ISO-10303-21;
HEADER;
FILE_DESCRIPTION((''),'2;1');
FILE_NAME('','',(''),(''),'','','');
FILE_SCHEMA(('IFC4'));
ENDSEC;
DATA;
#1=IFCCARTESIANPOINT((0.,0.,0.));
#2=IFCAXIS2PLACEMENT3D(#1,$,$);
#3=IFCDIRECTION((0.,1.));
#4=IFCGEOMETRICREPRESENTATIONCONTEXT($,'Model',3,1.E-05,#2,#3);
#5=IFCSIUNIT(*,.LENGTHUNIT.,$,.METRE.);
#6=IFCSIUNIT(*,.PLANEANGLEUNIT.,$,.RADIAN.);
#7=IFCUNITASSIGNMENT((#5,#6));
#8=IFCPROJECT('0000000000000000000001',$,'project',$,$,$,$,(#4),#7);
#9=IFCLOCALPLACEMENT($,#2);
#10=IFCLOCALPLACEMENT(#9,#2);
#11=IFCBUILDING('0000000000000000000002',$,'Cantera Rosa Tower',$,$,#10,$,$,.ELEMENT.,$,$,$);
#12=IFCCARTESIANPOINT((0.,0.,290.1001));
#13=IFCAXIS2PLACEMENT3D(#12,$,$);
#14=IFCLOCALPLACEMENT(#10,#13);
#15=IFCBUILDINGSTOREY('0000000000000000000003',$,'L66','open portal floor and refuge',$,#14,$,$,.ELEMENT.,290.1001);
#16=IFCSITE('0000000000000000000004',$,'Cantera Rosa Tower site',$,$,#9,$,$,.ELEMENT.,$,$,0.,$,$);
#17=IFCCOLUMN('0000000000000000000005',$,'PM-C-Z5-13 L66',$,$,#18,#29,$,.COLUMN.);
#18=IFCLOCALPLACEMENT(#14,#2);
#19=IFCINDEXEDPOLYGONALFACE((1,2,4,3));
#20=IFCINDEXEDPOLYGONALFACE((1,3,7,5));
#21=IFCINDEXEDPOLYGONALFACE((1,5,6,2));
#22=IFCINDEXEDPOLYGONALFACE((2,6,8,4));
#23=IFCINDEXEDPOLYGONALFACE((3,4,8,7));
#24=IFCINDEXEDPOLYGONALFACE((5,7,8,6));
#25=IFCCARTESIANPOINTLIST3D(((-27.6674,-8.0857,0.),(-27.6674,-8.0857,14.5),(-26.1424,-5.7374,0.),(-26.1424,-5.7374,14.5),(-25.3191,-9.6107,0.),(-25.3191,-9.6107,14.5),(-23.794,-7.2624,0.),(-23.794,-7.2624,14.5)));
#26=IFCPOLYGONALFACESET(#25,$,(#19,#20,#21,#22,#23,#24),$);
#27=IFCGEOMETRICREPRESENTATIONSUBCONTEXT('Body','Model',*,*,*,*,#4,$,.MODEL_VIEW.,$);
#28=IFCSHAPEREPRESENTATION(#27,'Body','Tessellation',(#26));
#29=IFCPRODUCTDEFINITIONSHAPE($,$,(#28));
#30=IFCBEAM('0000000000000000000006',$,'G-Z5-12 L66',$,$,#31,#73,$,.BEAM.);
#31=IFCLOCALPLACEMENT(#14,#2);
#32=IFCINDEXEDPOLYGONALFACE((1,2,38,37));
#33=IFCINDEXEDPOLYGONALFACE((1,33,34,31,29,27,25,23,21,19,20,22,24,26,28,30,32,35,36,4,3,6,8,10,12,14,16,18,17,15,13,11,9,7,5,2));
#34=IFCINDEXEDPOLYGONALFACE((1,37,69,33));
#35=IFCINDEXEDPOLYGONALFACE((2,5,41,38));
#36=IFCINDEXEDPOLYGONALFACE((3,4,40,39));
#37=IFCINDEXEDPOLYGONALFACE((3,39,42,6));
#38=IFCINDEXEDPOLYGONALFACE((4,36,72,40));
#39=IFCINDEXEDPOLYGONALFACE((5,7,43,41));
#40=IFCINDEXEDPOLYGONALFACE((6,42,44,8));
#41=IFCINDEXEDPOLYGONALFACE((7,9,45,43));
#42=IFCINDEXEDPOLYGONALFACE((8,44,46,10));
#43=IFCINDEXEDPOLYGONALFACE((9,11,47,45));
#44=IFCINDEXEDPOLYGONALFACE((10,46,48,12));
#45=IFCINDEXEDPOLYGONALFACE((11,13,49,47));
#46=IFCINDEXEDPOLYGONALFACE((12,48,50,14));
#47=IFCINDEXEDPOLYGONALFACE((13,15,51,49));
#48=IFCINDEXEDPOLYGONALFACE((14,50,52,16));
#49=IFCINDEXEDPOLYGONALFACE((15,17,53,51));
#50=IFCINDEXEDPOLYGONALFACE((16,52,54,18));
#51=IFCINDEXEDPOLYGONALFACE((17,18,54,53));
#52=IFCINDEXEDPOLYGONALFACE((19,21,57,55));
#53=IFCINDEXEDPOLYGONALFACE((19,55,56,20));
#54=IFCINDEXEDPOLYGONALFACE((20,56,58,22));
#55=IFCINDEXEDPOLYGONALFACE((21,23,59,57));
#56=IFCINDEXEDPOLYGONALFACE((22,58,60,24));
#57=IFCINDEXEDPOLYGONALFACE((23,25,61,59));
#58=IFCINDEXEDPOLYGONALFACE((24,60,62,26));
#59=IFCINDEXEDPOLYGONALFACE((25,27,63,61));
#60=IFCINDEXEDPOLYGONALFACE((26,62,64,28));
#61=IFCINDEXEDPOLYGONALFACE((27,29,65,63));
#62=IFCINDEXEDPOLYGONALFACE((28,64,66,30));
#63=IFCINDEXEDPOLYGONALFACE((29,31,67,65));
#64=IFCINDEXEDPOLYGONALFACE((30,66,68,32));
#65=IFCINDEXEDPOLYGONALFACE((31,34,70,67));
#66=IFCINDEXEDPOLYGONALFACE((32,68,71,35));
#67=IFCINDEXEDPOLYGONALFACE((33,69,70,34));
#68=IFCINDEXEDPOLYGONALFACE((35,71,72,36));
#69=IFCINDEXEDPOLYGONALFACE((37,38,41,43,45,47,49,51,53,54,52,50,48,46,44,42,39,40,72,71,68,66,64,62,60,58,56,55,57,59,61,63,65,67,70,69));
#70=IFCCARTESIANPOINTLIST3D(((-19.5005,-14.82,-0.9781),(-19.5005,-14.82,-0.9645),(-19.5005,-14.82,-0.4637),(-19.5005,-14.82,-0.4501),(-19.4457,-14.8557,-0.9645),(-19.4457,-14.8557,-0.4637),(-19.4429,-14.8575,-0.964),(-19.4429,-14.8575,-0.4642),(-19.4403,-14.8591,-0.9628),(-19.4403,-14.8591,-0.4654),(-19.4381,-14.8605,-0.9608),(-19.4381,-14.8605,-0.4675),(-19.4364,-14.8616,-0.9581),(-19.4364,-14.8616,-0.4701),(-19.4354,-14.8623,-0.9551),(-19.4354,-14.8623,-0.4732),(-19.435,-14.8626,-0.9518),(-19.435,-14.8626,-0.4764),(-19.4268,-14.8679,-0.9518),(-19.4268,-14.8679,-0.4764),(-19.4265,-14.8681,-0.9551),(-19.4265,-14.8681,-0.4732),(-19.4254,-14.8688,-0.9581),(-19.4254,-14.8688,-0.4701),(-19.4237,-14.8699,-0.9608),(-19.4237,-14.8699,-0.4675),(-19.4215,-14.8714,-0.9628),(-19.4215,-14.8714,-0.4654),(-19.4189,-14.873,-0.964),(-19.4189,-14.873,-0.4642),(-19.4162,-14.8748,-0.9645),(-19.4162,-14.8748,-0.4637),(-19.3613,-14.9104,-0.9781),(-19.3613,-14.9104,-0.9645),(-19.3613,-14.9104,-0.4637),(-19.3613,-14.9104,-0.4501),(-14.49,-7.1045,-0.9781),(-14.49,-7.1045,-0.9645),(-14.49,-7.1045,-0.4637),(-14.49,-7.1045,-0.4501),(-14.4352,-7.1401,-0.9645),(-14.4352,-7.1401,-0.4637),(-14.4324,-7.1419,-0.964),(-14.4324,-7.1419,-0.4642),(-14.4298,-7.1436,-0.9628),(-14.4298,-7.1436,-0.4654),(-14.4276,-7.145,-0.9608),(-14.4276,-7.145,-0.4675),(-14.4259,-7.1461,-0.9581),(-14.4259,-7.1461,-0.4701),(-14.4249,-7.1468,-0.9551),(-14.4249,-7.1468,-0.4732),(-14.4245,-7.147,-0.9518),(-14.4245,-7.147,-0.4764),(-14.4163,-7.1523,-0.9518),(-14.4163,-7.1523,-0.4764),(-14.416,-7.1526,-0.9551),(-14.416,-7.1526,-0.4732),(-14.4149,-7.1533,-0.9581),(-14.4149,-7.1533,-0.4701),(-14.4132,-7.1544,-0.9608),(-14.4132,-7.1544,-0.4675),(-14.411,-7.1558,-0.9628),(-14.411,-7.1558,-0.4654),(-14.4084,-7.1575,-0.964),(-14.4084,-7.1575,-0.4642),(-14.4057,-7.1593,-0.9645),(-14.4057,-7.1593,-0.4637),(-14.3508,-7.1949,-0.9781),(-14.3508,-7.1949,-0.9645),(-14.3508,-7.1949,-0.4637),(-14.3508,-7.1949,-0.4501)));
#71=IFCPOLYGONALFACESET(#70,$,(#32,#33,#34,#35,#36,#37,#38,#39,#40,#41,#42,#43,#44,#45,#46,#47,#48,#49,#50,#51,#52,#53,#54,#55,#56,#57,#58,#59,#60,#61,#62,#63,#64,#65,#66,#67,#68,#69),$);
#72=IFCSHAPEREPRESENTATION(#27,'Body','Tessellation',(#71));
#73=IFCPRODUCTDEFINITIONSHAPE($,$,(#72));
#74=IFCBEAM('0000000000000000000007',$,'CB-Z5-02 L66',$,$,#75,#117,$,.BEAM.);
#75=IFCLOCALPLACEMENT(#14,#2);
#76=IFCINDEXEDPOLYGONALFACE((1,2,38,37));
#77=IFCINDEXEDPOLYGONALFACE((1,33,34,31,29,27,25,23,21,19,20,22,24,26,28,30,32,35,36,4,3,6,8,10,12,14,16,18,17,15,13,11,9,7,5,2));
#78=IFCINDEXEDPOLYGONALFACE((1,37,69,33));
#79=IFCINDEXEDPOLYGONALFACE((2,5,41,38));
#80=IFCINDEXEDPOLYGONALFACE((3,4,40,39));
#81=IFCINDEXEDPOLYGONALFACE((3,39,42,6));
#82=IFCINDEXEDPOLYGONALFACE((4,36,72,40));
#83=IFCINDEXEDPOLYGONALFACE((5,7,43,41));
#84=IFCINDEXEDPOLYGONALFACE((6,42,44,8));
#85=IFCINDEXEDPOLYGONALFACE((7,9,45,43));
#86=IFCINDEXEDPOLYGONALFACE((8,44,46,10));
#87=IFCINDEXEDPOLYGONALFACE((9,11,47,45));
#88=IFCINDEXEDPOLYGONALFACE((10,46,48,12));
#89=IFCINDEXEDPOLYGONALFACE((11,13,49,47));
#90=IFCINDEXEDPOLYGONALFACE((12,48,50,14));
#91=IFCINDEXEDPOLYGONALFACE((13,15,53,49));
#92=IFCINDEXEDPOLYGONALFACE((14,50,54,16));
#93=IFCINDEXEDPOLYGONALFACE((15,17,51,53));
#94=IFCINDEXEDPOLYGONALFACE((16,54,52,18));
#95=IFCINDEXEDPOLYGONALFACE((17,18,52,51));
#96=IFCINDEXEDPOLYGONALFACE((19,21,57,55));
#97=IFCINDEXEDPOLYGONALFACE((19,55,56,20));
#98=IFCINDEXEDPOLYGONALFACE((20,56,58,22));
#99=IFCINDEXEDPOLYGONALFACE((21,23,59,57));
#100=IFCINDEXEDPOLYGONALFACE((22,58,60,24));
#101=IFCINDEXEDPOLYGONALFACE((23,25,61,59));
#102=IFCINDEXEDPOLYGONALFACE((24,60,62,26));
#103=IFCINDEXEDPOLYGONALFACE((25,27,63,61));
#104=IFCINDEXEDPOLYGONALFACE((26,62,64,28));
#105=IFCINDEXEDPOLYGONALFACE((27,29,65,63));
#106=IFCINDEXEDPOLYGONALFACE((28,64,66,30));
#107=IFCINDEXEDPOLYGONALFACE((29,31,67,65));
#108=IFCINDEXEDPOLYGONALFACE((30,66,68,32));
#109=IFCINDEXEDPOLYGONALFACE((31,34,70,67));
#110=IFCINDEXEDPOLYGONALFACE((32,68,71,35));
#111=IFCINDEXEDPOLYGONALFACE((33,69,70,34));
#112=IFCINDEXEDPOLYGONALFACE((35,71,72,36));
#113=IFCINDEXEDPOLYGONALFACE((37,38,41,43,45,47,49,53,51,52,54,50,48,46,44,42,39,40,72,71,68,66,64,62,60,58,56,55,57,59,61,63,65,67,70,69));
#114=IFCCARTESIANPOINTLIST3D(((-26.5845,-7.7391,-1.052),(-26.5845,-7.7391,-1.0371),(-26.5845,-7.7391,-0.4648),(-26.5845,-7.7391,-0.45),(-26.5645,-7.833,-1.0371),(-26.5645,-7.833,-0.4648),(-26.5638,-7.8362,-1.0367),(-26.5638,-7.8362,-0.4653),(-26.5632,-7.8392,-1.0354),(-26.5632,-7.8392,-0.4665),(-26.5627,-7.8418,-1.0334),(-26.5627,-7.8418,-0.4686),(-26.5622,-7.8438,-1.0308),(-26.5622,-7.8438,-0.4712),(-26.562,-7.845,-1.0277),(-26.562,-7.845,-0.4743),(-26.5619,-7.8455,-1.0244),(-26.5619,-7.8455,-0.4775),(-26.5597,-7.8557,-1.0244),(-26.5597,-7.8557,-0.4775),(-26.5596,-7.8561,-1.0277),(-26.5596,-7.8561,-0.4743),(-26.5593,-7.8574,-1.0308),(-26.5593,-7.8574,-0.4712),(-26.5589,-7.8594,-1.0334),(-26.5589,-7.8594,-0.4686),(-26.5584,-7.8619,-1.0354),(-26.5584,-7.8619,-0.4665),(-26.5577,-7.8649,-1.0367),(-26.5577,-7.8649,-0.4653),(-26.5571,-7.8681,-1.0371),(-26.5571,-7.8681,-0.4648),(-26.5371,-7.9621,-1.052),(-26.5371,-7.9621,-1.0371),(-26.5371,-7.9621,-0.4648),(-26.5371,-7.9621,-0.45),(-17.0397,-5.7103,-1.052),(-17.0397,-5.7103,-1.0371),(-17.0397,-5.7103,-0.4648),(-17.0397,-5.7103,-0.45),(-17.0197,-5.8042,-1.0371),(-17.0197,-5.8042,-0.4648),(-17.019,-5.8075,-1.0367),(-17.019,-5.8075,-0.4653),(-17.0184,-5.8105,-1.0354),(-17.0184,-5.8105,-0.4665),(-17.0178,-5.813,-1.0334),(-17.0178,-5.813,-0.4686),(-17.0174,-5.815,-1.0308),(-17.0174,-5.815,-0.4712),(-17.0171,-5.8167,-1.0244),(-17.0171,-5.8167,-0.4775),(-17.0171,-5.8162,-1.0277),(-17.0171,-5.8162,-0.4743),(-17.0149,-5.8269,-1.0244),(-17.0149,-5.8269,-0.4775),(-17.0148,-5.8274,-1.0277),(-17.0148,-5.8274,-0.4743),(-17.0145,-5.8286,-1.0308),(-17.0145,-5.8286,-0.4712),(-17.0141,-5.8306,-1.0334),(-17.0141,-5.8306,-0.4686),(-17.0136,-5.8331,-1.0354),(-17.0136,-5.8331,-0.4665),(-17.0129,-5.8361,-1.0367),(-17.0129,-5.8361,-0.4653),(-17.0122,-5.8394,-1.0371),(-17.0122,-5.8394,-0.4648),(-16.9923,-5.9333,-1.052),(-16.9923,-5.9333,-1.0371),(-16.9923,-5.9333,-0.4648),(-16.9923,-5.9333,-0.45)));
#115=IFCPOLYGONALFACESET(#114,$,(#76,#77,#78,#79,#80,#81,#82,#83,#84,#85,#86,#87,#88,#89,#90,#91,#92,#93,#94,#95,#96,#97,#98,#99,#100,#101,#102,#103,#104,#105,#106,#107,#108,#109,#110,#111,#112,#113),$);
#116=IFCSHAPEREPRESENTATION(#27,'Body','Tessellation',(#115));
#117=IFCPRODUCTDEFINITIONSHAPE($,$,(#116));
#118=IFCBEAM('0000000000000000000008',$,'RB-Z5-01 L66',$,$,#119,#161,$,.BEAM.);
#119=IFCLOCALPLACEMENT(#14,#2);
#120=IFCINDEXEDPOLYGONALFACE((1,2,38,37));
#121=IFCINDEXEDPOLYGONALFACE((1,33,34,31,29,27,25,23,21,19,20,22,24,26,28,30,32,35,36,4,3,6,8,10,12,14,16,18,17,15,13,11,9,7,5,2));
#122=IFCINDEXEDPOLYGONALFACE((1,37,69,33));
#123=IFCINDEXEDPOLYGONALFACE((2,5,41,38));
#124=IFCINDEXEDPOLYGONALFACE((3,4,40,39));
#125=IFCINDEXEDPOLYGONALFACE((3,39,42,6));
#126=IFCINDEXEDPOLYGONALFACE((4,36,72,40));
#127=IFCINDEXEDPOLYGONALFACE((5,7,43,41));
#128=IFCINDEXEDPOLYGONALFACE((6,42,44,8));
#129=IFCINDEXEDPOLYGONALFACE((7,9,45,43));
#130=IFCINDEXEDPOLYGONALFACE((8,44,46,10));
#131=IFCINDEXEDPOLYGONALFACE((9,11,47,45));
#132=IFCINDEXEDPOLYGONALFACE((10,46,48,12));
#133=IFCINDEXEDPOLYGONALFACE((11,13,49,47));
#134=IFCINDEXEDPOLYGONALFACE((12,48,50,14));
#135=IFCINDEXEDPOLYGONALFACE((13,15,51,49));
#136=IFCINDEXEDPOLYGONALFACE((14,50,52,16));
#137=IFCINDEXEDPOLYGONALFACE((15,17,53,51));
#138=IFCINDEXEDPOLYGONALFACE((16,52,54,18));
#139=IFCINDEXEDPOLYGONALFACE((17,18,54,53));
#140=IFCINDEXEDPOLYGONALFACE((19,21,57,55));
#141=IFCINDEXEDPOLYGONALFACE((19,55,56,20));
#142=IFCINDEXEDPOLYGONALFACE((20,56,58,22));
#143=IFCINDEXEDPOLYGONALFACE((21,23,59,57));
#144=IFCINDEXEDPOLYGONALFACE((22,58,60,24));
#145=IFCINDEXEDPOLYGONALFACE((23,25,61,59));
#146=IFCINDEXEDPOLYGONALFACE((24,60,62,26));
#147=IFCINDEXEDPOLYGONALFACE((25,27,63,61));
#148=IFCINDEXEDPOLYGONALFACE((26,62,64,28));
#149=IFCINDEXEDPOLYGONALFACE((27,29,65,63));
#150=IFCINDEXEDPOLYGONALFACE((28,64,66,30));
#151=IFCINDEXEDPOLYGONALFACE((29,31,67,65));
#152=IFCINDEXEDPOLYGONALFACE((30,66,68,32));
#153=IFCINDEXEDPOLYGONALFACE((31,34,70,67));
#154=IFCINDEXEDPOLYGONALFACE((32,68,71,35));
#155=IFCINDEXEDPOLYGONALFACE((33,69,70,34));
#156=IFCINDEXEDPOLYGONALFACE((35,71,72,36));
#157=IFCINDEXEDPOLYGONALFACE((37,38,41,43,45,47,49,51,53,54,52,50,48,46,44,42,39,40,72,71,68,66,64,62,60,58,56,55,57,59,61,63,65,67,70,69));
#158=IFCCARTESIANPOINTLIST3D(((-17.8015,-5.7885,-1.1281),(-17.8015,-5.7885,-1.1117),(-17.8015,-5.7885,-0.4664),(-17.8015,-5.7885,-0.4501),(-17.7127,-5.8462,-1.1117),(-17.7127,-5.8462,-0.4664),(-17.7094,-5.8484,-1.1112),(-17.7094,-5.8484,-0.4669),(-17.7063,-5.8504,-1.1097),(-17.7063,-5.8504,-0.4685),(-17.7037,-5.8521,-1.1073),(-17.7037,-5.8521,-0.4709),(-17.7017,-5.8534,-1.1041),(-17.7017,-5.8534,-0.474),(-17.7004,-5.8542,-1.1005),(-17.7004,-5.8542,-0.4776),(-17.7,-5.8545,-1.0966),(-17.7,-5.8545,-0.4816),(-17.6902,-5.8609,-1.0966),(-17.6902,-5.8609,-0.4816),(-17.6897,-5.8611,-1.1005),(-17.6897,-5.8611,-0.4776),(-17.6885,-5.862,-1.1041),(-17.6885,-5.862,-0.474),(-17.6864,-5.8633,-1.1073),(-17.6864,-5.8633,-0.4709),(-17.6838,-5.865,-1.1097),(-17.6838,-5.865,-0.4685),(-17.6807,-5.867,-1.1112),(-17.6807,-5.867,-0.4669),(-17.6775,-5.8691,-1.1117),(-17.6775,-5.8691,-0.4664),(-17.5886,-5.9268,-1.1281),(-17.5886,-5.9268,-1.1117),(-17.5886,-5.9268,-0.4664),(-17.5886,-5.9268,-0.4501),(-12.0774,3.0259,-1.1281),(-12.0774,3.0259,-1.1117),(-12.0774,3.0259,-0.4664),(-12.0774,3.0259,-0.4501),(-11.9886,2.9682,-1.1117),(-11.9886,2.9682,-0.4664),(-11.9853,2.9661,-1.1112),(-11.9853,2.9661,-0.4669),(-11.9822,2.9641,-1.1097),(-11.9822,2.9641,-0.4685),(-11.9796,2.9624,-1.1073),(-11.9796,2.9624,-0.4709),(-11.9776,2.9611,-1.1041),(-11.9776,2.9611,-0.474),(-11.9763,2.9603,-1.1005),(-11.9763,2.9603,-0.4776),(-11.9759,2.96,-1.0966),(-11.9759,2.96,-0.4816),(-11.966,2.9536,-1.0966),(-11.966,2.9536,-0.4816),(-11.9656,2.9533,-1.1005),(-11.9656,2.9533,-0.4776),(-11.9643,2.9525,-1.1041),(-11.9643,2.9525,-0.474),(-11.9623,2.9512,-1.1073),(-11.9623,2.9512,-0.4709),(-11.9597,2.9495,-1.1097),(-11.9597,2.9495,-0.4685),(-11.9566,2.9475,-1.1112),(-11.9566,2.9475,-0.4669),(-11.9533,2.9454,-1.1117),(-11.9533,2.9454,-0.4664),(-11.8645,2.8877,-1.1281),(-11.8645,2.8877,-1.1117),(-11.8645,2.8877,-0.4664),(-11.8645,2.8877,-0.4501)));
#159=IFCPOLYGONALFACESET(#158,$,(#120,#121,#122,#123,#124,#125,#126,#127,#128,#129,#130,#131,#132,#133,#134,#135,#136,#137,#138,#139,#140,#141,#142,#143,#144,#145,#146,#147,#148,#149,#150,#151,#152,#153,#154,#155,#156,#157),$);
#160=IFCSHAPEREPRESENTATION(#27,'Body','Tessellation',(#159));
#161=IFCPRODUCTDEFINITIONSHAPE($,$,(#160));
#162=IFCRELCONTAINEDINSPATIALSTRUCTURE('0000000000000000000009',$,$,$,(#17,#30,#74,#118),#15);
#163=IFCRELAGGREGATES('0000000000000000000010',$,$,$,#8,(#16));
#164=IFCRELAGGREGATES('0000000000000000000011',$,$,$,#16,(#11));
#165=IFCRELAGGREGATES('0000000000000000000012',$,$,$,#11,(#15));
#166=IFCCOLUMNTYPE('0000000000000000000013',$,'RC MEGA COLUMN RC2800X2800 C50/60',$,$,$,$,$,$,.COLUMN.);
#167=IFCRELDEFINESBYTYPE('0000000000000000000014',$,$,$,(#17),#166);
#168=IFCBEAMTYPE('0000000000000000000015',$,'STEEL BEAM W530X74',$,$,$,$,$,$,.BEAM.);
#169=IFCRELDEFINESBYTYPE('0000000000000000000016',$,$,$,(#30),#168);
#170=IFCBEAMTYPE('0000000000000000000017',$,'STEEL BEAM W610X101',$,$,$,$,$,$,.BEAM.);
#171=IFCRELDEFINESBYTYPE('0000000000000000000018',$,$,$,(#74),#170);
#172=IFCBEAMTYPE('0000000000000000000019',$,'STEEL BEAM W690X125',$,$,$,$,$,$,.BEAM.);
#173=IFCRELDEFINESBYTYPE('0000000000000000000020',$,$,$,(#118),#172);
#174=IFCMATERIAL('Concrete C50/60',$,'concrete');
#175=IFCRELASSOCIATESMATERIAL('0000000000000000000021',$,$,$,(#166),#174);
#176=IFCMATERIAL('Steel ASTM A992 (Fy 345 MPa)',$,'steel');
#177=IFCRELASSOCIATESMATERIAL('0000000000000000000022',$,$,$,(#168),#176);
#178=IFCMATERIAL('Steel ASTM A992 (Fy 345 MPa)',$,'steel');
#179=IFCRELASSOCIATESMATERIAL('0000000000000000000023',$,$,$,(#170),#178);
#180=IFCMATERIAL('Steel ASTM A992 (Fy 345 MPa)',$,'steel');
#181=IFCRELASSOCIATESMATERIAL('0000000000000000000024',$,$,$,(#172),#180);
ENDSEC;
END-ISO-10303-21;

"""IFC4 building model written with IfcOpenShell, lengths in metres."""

from ifc_helpers import new_model, si_unit, direction, frame, origin, origin_2d, place, context, subcontext, project, spatial, rectangle, i_section, extrude, material, material_profile, profile_set, type_object, element, save


model = new_model("IFC4")

# Units and contexts
model_context = context("Model", 3, precision=1e-05, world=origin(), true_north=direction((0.0, 1.0)))
body_context = subcontext(model_context, "Body", "Model", "MODEL_VIEW")
ifc_project = project(units=[si_unit("LENGTHUNIT", "METRE"), si_unit("PLANEANGLEUNIT", "RADIAN")], contexts=[model_context])

# Site, building, storey
site_placement = place(None, origin())
site = spatial("IfcSite", under=ifc_project, at=site_placement, Name="Cantera Rosa Tower site", CompositionType="ELEMENT", RefElevation=0.0)
building_placement = place(site_placement, origin())
building = spatial("IfcBuilding", under=site, at=building_placement, Name="Cantera Rosa Tower", CompositionType="ELEMENT")
storey_placement = place(building_placement, frame((0.0, 0.0, 290.1001)))
storey = spatial("IfcBuildingStorey", under=building, at=storey_placement, Name="L66", Description="open portal floor and refuge", CompositionType="ELEMENT", Elevation=290.1001)

# Column
ifc_material_1 = material(Name="Concrete C50/60", Category="concrete")
ifc_material_profile_1 = material_profile(ifc_material_1, rectangle(XDim=2.8, YDim=2.8, at=origin_2d()), Name="RC MEGA COLUMN RC2800X2800 C50/60")
ifc_profile_set_1 = profile_set([ifc_material_profile_1], Name="Concrete C50/60")
column_type = type_object("IfcColumnType", Name="RC MEGA COLUMN RC2800X2800 C50/60", PredefinedType="COLUMN", material=ifc_profile_set_1)
column_placement = place(storey_placement, frame((-25.7307, -7.6741, 0.0), z_axis=(0.0, 0.0, 1.0), x_axis=(0.544639, 0.838671, 0.0)))
element("IfcColumn", 1, at=column_placement, inside=storey, type_object=column_type, Name="PM-C-Z5-13 L66", PredefinedType="COLUMN", context=body_context, shape_type="SweptSolid", body=[
    extrude(rectangle(XDim=2.8, YDim=2.8, at=origin_2d()), origin(), (0.0, 0.0, 1.0), 14.5),
])

# Beams
ifc_material_2 = material(Name="Steel ASTM A992 (Fy 345 MPa)", Category="steel")
ifc_material_profile_2 = material_profile(ifc_material_2, i_section(OverallWidth=0.166, OverallDepth=0.5281, WebThickness=0.0098, FlangeThickness=0.0137, FilletRadius=0.0127, at=origin_2d()), Name="W530X74")
ifc_profile_set_2 = profile_set([ifc_material_profile_2], Name="Steel ASTM A992 (Fy 345 MPa)")
beam_type_1 = type_object("IfcBeamType", Name="STEEL BEAM W530X74", PredefinedType="BEAM", material=ifc_profile_set_2)
beam_1_placement = place(storey_placement, frame((-19.4309, -14.8652, -0.7141), z_axis=(0.544635, 0.838673, 0.0), x_axis=(-0.838673, 0.544635, 0.0)))
element("IfcBeam", 2, at=beam_1_placement, inside=storey, type_object=beam_type_1, Name="G-Z5-12 L66", PredefinedType="BEAM", context=body_context, shape_type="SweptSolid", body=[
    extrude(i_section(OverallWidth=0.166, OverallDepth=0.5281, WebThickness=0.0098, FlangeThickness=0.0137, FilletRadius=0.0127, at=origin_2d()), origin(), (0.0, 0.0, 1.0), 9.1997),
])
ifc_material_3 = material(Name="Steel ASTM A992 (Fy 345 MPa)", Category="steel")
ifc_material_profile_3 = material_profile(ifc_material_3, i_section(OverallWidth=0.228, OverallDepth=0.6021, WebThickness=0.0105, FlangeThickness=0.0149, FilletRadius=0.0127, at=origin_2d()), Name="W610X101")
ifc_profile_set_3 = profile_set([ifc_material_profile_3], Name="Steel ASTM A992 (Fy 345 MPa)")
beam_type_2 = type_object("IfcBeamType", Name="STEEL BEAM W610X101", PredefinedType="BEAM", material=ifc_profile_set_3)
beam_2_placement = place(storey_placement, frame((-26.5608, -7.8506, -0.751), z_axis=(0.978148, 0.207909, 0.0), x_axis=(-0.207909, 0.978148, 0.0)))
element("IfcBeam", 3, at=beam_2_placement, inside=storey, type_object=beam_type_2, Name="CB-Z5-02 L66", PredefinedType="BEAM", context=body_context, shape_type="SweptSolid", body=[
    extrude(i_section(OverallWidth=0.228, OverallDepth=0.6021, WebThickness=0.0105, FlangeThickness=0.0149, FilletRadius=0.0127, at=origin_2d()), origin(), (0.0, 0.0, 1.0), 9.7581),
])
ifc_material_4 = material(Name="Steel ASTM A992 (Fy 345 MPa)", Category="steel")
ifc_material_profile_4 = material_profile(ifc_material_4, i_section(OverallWidth=0.2539, OverallDepth=0.678, WebThickness=0.0117, FlangeThickness=0.0164, FilletRadius=0.0151, at=origin_2d()), Name="W690X125")
ifc_profile_set_4 = profile_set([ifc_material_profile_4], Name="Steel ASTM A992 (Fy 345 MPa)")
beam_type_3 = type_object("IfcBeamType", Name="STEEL BEAM W690X125", PredefinedType="BEAM", material=ifc_profile_set_4)
beam_3_placement = place(storey_placement, frame((-17.6951, -5.8577, -0.7891), z_axis=(0.544636, 0.838673, 0.0), x_axis=(-0.838673, 0.544636, 0.0)))
element("IfcBeam", 4, at=beam_3_placement, inside=storey, type_object=beam_type_3, Name="RB-Z5-01 L66", PredefinedType="BEAM", context=body_context, shape_type="SweptSolid", body=[
    extrude(i_section(OverallWidth=0.2539, OverallDepth=0.678, WebThickness=0.0117, FlangeThickness=0.0164, FilletRadius=0.0151, at=origin_2d()), origin(), (0.0, 0.0, 1.0), 10.51),
])

save(model, "model.ifc")
